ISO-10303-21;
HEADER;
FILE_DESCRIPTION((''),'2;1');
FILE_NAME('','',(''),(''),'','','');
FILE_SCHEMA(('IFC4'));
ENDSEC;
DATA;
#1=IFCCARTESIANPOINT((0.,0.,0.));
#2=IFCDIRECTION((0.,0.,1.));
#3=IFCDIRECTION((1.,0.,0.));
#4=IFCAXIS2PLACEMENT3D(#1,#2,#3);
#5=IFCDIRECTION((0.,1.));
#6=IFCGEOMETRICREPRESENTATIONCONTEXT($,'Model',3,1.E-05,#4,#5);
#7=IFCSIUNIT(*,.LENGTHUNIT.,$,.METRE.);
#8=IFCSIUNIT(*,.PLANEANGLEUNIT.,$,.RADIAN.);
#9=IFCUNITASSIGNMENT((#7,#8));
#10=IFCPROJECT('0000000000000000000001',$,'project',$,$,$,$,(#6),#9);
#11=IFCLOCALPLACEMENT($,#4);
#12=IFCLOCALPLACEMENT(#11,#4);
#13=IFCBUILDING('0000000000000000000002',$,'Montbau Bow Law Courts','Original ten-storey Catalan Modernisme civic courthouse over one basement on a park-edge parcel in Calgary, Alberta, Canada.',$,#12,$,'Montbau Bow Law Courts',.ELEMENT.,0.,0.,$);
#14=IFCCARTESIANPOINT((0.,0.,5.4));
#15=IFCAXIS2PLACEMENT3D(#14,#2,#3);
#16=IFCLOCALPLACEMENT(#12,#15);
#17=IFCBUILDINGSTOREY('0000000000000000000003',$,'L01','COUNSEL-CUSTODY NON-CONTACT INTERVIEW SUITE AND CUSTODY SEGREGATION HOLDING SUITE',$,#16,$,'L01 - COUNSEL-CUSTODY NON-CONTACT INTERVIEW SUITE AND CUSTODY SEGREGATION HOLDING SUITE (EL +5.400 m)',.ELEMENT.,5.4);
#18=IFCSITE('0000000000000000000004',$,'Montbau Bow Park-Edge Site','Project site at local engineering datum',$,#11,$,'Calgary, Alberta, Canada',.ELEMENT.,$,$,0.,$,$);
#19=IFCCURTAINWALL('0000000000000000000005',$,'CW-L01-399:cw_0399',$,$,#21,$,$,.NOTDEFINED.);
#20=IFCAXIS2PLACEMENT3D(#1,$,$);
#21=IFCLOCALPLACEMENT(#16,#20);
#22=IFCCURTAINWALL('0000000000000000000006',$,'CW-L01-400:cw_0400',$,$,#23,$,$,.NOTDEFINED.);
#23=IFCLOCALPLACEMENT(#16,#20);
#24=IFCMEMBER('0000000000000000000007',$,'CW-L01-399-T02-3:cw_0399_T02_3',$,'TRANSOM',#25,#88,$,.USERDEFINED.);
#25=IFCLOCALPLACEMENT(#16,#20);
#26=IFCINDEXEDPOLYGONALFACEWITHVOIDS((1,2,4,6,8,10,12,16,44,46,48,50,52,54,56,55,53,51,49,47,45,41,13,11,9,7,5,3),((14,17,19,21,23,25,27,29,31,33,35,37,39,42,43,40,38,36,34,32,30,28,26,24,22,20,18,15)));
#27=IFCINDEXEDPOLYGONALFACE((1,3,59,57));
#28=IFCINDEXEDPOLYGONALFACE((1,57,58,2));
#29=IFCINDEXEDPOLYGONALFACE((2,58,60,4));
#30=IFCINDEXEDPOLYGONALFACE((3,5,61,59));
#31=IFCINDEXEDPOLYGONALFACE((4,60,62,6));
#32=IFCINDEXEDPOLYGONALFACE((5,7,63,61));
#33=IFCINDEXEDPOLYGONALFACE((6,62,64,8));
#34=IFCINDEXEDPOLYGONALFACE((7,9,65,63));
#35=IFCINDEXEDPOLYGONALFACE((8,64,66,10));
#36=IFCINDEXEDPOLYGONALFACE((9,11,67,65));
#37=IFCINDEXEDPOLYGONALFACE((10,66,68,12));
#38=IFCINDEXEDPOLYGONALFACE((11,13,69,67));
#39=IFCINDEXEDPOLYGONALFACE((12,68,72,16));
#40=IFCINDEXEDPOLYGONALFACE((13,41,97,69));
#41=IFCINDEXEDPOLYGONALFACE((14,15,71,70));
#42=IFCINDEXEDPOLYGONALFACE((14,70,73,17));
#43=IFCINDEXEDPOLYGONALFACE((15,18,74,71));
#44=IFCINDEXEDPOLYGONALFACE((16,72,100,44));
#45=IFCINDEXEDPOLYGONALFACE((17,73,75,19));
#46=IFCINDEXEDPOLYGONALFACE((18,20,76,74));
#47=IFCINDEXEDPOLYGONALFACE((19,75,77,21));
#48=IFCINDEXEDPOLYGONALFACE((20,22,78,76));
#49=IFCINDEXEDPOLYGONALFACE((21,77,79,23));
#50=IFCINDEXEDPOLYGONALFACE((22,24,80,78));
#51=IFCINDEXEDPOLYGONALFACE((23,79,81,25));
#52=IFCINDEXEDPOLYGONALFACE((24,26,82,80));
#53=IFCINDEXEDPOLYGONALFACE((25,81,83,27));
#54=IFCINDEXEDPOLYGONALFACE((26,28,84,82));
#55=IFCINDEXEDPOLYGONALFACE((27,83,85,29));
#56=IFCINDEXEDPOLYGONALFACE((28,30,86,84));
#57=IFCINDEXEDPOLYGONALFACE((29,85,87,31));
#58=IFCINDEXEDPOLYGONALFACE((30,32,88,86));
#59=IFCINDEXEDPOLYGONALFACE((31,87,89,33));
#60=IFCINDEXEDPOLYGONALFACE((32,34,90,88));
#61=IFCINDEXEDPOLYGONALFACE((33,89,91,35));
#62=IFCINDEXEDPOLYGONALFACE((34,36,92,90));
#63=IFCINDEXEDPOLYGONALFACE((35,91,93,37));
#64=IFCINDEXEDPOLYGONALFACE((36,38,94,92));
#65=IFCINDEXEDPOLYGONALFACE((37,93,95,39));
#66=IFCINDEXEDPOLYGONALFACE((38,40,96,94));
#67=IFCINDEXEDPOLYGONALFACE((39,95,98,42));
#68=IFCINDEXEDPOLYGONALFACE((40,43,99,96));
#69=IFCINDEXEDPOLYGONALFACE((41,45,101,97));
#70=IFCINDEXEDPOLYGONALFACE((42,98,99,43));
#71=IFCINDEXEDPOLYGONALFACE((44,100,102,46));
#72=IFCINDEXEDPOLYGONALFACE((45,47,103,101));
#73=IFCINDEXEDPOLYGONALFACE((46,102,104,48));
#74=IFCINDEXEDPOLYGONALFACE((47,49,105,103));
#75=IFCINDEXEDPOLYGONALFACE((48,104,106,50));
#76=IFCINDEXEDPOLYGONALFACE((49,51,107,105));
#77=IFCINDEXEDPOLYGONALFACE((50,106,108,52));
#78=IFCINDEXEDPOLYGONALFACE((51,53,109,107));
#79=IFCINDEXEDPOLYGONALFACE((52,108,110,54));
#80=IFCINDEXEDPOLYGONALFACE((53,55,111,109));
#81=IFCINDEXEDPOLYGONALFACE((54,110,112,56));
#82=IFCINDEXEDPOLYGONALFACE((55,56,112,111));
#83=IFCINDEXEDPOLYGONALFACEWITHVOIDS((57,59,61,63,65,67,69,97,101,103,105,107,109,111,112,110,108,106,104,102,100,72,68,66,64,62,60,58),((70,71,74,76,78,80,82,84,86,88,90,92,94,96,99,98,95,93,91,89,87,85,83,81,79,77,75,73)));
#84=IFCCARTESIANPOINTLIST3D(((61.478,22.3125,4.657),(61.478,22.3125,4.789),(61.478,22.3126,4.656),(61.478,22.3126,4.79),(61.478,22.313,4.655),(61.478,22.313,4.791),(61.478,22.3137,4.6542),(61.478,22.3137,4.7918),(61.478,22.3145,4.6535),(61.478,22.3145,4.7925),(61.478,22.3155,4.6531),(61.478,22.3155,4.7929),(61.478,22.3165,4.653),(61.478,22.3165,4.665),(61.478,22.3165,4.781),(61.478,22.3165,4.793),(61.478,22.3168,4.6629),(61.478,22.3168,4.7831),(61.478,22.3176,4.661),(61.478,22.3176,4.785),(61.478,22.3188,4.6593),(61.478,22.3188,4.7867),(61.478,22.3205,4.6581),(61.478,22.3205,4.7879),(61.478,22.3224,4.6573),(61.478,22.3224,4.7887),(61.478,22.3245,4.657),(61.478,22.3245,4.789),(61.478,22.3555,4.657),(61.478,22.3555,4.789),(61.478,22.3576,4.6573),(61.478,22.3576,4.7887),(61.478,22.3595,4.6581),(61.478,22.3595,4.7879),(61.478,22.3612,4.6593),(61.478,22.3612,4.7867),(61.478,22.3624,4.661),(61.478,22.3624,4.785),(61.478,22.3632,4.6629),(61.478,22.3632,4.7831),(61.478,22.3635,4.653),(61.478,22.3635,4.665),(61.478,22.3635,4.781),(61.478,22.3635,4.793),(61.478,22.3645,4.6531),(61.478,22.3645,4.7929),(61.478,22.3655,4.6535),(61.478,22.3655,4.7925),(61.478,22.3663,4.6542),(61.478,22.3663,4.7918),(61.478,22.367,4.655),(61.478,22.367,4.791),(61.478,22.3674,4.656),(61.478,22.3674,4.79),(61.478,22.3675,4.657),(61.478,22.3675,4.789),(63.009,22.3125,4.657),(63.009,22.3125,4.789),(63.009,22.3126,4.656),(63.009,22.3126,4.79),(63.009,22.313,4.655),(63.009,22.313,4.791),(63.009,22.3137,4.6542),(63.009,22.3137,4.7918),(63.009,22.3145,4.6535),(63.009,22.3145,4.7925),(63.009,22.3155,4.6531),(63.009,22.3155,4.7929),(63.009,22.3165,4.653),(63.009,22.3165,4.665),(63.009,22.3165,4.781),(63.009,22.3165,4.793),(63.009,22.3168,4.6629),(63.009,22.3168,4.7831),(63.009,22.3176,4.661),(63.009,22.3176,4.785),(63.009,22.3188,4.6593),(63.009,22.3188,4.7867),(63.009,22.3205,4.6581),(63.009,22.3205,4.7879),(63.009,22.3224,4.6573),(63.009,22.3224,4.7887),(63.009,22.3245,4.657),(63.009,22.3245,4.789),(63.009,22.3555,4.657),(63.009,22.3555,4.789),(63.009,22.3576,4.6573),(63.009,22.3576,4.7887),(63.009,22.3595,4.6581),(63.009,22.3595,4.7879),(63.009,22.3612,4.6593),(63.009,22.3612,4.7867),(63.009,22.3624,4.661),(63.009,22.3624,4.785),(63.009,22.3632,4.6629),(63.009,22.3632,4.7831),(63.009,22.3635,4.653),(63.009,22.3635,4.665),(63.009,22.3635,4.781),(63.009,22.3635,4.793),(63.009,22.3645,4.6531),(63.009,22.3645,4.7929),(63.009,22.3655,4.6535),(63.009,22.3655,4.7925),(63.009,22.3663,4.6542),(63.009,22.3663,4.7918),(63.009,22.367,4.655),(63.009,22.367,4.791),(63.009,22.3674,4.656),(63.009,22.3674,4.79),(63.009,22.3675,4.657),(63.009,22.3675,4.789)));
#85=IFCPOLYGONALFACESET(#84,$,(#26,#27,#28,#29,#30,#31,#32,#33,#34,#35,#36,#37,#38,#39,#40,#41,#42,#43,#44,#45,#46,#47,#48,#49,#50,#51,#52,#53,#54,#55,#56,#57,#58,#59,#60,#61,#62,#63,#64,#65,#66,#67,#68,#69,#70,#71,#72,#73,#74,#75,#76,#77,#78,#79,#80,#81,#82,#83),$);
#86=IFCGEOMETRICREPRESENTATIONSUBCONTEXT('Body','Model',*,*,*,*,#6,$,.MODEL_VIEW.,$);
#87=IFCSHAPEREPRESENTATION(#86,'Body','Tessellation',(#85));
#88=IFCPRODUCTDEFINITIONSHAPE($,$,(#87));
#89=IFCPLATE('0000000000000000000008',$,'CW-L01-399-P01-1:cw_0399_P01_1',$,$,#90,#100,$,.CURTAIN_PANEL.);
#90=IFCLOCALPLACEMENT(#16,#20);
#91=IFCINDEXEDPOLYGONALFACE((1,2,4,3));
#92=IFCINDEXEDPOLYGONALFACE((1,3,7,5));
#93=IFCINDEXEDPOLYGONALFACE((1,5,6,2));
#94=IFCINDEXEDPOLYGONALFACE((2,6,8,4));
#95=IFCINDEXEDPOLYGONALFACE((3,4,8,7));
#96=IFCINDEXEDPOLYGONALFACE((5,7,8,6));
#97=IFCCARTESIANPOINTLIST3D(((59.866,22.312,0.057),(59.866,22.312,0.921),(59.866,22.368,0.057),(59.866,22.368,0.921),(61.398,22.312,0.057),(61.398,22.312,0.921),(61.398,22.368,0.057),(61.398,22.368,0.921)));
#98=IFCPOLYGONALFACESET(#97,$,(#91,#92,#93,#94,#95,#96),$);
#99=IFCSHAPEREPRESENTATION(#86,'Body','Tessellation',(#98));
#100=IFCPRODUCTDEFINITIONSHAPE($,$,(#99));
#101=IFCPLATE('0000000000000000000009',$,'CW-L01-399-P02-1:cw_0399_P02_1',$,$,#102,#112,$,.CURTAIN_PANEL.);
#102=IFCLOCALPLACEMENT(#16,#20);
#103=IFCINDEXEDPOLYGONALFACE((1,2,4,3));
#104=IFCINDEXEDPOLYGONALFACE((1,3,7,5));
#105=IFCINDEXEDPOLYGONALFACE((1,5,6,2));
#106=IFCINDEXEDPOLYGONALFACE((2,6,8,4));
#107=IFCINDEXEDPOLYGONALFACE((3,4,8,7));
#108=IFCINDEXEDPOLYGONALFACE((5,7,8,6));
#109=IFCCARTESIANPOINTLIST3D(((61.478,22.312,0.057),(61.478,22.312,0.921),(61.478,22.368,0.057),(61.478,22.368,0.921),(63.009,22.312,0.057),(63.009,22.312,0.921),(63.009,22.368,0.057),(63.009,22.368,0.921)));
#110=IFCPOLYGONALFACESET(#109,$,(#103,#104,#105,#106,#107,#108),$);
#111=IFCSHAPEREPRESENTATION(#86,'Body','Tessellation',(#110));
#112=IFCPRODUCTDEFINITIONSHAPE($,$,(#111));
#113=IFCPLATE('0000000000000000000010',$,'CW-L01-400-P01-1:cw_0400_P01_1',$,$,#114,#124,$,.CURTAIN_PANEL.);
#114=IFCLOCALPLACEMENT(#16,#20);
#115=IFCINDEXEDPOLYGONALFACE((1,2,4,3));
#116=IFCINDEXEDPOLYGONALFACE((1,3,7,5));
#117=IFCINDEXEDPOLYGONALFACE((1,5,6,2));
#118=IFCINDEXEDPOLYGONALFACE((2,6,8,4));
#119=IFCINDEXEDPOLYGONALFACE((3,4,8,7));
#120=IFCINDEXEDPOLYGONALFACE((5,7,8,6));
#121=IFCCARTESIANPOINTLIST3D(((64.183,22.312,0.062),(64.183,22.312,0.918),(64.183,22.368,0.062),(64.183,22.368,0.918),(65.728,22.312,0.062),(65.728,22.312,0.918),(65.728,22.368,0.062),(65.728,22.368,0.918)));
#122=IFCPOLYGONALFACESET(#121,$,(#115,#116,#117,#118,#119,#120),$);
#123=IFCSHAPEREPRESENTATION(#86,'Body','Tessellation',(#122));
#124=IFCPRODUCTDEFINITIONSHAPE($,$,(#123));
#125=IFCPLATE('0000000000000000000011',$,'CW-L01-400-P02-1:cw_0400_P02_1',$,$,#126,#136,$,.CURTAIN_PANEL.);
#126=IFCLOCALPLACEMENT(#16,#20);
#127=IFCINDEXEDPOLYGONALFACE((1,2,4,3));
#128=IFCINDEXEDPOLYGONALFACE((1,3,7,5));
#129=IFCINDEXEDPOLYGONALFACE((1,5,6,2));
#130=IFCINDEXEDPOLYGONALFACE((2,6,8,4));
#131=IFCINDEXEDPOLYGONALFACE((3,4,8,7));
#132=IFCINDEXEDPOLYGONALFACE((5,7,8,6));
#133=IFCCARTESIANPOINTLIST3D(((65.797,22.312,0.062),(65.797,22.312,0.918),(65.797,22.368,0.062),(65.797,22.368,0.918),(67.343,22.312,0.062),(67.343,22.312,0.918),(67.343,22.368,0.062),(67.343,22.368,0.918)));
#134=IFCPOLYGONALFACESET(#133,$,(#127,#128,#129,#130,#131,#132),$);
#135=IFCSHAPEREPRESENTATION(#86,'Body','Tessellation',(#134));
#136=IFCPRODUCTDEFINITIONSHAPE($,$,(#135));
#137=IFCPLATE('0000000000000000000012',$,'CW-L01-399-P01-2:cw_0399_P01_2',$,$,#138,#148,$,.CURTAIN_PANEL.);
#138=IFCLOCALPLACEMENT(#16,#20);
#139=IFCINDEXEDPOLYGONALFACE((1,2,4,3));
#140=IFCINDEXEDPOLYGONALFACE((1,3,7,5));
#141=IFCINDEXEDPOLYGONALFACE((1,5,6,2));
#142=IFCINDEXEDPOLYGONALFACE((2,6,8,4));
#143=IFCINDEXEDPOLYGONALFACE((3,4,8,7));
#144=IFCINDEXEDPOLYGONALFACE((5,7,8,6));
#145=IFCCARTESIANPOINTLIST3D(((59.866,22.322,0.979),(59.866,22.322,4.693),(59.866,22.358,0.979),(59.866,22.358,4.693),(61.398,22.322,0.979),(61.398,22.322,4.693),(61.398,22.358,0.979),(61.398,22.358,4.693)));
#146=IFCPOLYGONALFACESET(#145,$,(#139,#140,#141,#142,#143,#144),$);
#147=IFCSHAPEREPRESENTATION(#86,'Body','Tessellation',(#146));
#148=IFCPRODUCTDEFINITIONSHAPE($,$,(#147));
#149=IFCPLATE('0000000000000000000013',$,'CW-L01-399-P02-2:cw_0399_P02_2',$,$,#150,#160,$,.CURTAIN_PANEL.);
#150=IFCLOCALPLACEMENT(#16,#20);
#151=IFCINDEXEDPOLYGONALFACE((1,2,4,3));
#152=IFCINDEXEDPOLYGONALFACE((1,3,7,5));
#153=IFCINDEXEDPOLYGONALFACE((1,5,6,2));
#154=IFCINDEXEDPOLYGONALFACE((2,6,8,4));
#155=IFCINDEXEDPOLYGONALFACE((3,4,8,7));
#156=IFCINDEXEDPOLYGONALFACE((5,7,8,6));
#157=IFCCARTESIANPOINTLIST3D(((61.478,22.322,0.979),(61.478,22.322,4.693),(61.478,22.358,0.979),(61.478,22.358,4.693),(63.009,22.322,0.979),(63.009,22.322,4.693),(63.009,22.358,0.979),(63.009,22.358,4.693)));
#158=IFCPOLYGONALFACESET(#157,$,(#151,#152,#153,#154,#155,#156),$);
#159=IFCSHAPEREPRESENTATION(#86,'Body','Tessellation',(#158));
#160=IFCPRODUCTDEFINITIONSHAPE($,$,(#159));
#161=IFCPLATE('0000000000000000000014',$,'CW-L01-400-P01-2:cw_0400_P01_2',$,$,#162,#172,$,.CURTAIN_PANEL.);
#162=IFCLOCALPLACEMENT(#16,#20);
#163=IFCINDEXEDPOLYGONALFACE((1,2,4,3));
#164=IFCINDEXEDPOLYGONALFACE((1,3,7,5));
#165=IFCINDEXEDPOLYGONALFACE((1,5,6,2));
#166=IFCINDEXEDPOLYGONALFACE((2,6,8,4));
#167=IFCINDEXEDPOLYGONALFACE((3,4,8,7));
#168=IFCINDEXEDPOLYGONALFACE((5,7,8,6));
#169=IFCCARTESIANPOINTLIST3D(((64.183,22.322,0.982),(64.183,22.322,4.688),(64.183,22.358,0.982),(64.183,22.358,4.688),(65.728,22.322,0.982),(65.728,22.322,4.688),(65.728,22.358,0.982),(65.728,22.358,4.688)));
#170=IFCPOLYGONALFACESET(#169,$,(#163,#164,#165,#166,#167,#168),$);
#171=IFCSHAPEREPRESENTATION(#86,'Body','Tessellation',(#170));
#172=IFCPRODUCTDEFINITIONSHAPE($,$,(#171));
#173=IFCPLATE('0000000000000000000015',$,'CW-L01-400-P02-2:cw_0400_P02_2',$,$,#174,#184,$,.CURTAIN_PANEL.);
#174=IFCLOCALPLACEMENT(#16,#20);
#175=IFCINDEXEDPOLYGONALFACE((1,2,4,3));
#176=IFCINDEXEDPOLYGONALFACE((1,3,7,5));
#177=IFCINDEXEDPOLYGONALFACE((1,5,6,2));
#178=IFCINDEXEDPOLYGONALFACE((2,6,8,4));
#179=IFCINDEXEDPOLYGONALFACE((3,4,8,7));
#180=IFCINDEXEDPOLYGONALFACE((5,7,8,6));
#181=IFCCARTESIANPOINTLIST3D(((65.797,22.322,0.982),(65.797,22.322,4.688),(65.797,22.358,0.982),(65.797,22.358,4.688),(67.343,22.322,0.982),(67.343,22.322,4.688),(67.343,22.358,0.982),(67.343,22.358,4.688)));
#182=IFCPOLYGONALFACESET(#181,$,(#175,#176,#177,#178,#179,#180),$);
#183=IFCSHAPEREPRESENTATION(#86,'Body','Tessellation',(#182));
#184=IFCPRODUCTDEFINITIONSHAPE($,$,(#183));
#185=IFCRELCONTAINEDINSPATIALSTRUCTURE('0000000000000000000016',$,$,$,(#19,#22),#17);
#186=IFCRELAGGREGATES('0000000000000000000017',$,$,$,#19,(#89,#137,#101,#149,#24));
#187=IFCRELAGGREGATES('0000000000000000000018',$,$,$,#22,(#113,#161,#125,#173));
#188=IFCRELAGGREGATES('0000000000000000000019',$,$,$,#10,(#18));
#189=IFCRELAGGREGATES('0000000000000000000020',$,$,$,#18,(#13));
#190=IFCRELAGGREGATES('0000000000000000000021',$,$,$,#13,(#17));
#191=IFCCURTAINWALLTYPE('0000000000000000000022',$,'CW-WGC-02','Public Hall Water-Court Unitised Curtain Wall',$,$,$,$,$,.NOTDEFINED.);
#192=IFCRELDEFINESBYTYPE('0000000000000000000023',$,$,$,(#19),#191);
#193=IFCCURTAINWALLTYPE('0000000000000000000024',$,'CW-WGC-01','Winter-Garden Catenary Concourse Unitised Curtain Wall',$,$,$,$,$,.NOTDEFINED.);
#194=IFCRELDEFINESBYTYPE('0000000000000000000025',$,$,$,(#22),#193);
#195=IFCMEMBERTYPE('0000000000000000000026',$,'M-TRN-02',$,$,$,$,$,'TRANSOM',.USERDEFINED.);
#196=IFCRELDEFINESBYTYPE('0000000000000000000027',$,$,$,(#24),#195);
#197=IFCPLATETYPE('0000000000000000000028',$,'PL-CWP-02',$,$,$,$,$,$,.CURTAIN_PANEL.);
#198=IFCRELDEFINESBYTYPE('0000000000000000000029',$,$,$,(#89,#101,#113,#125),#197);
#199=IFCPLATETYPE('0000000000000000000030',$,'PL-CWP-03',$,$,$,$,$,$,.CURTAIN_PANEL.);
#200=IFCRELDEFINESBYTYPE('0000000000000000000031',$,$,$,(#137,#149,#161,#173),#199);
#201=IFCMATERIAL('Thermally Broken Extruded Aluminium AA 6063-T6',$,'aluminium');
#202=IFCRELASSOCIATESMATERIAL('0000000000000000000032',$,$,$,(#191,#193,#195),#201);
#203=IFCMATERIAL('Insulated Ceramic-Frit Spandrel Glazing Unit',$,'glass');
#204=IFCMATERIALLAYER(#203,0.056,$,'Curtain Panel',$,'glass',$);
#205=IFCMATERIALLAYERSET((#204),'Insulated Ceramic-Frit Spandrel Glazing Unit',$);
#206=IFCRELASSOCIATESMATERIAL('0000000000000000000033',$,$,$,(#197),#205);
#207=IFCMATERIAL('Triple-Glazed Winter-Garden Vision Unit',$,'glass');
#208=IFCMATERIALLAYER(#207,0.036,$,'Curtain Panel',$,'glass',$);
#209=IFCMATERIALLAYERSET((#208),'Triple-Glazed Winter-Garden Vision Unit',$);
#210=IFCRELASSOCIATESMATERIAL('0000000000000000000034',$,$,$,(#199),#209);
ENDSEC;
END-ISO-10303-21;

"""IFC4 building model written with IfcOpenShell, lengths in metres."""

from ifc_helpers import new_model, si_unit, direction, frame, frame_2d, origin_with_axes, origin_2d_with_axis, place, context, subcontext, project, spatial, rectangle, hollow_rectangle, extrude, material, layer, layer_set, material_profile, profile_set, type_object, element, aggregate, save


model = new_model("IFC4")

# Units and contexts
model_context = context("Model", 3, precision=1e-05, world=origin_with_axes(), true_north=direction((0.0, 1.0)))
body_context = subcontext(model_context, "Body", "Model", "MODEL_VIEW")
ifc_project = project(units=[si_unit("LENGTHUNIT", "METRE"), si_unit("PLANEANGLEUNIT", "RADIAN")], contexts=[model_context])

# Site, building, storey
site_placement = place(None, origin_with_axes())
site = spatial("IfcSite", under=ifc_project, at=site_placement, Name="Montbau Bow Park-Edge Site", Description="Project site at local engineering datum", LongName="Calgary, Alberta, Canada", CompositionType="ELEMENT", RefElevation=0.0)
building_placement = place(site_placement, origin_with_axes())
building = spatial("IfcBuilding", under=site, at=building_placement, Name="Montbau Bow Law Courts", Description="Original ten-storey Catalan Modernisme civic courthouse over one basement on a park-edge parcel in Calgary, Alberta, Canada.", LongName="Montbau Bow Law Courts", CompositionType="ELEMENT", ElevationOfRefHeight=0.0, ElevationOfTerrain=0.0)
storey_placement = place(building_placement, frame((0.0, 0.0, 5.4), z_axis=(0.0, 0.0, 1.0), x_axis=(1.0, 0.0, 0.0)))
storey = spatial("IfcBuildingStorey", under=building, at=storey_placement, Name="L01", Description="COUNSEL-CUSTODY NON-CONTACT INTERVIEW SUITE AND CUSTODY SEGREGATION HOLDING SUITE", LongName="L01 - COUNSEL-CUSTODY NON-CONTACT INTERVIEW SUITE AND CUSTODY SEGREGATION HOLDING SUITE (EL +5.400 m)", CompositionType="ELEMENT", Elevation=5.4)

# Curtain walls
ifc_material_1 = material(Name="Thermally Broken Extruded Aluminium AA 6063-T6", Category="aluminium")
curtain_wall_type_1 = type_object("IfcCurtainWallType", Name="CW-WGC-02", Description="Public Hall Water-Court Unitised Curtain Wall", PredefinedType="NOTDEFINED", material=ifc_material_1)
curtain_wall_1_placement = place(None, frame((59.79, 22.34, 5.4), z_axis=(0.0, 0.0, 1.0), x_axis=(1.0, 0.0, 0.0)))
curtain_wall_1 = element("IfcCurtainWall", 1, at=curtain_wall_1_placement, inside=storey, type_object=curtain_wall_type_1, Name="CW-L01-399:cw_0399", PredefinedType="NOTDEFINED")
curtain_wall_type_2 = type_object("IfcCurtainWallType", Name="CW-WGC-01", Description="Winter-Garden Catenary Concourse Unitised Curtain Wall", PredefinedType="NOTDEFINED", material=ifc_material_1)
curtain_wall_2_placement = place(None, frame((64.115, 22.34, 5.4), z_axis=(0.0, 0.0, 1.0), x_axis=(1.0, 0.0, 0.0)))
curtain_wall_2 = element("IfcCurtainWall", 2, at=curtain_wall_2_placement, inside=storey, type_object=curtain_wall_type_2, Name="CW-L01-400:cw_0400", PredefinedType="NOTDEFINED")

# Member
ifc_material_profile_1 = material_profile(ifc_material_1, hollow_rectangle(XDim=0.055, YDim=0.14, WallThickness=0.004, InnerFilletRadius=0.008, OuterFilletRadius=0.004, at=origin_2d_with_axis()), Name="CWT-140X55", Category="Main", Priority=0)
ifc_profile_set_1 = profile_set([ifc_material_profile_1], Name="Thermally Broken Extruded Aluminium AA 6063-T6")
member_type_1 = type_object("IfcMemberType", Name="M-TRN-02", ElementType="TRANSOM", PredefinedType="USERDEFINED", material=ifc_profile_set_1)
member_1_placement = place(None, frame((61.478, 22.34, 10.123), z_axis=(1.0, 0.0, 0.0), x_axis=(0.0, 1.0, 0.0)))
member_1 = element("IfcMember", 3, at=member_1_placement, type_object=member_type_1, Name="CW-L01-399-T02-3:cw_0399_T02_3", ObjectType="TRANSOM", PredefinedType="USERDEFINED", context=body_context, shape_type="SweptSolid", body=[
    extrude(hollow_rectangle(XDim=0.055, YDim=0.14, WallThickness=0.004, InnerFilletRadius=0.008, OuterFilletRadius=0.004, at=origin_2d_with_axis()), origin_with_axes(), (0.0, 0.0, 1.0), 1.531),
])

# Plates
ifc_material_2 = material(Name="Insulated Ceramic-Frit Spandrel Glazing Unit", Category="glass")
ifc_layer_1 = layer(ifc_material_2, 0.056, Name="Curtain Panel", Category="glass")
ifc_layer_set_1 = layer_set([ifc_layer_1], Name="Insulated Ceramic-Frit Spandrel Glazing Unit")
plate_type_1 = type_object("IfcPlateType", Name="PL-CWP-02", PredefinedType="CURTAIN_PANEL", material=ifc_layer_set_1)
plate_1_placement = place(None, frame((59.866, 22.34, 5.457), z_axis=(0.0, -1.0, 0.0), x_axis=(1.0, 0.0, 0.0)))
plate_1 = element("IfcPlate", 4, at=plate_1_placement, type_object=plate_type_1, Name="CW-L01-399-P01-1:cw_0399_P01_1", PredefinedType="CURTAIN_PANEL", context=body_context, shape_type="SweptSolid", body=[
    extrude(rectangle(XDim=1.532, YDim=0.864, at=frame_2d((0.766, 0.432), x_axis=(1.0, 0.0))), frame((0.0, 0.0, -0.028), z_axis=(0.0, 0.0, 1.0), x_axis=(1.0, 0.0, 0.0)), (0.0, 0.0, 1.0), 0.056),
])
plate_2_placement = place(None, frame((61.478, 22.34, 5.457), z_axis=(0.0, -1.0, 0.0), x_axis=(1.0, 0.0, 0.0)))
plate_2 = element("IfcPlate", 5, at=plate_2_placement, type_object=plate_type_1, Name="CW-L01-399-P02-1:cw_0399_P02_1", PredefinedType="CURTAIN_PANEL", context=body_context, shape_type="SweptSolid", body=[
    extrude(rectangle(XDim=1.531, YDim=0.864, at=frame_2d((0.7655, 0.432), x_axis=(1.0, 0.0))), frame((0.0, 0.0, -0.028), z_axis=(0.0, 0.0, 1.0), x_axis=(1.0, 0.0, 0.0)), (0.0, 0.0, 1.0), 0.056),
])
plate_3_placement = place(None, frame((64.183, 22.34, 5.462), z_axis=(0.0, -1.0, 0.0), x_axis=(1.0, 0.0, 0.0)))
plate_3 = element("IfcPlate", 6, at=plate_3_placement, type_object=plate_type_1, Name="CW-L01-400-P01-1:cw_0400_P01_1", PredefinedType="CURTAIN_PANEL", context=body_context, shape_type="SweptSolid", body=[
    extrude(rectangle(XDim=1.545, YDim=0.856, at=frame_2d((0.7725, 0.428), x_axis=(1.0, 0.0))), frame((0.0, 0.0, -0.028), z_axis=(0.0, 0.0, 1.0), x_axis=(1.0, 0.0, 0.0)), (0.0, 0.0, 1.0), 0.056),
])
plate_4_placement = place(None, frame((65.797, 22.34, 5.462), z_axis=(0.0, -1.0, 0.0), x_axis=(1.0, 0.0, 0.0)))
plate_4 = element("IfcPlate", 7, at=plate_4_placement, type_object=plate_type_1, Name="CW-L01-400-P02-1:cw_0400_P02_1", PredefinedType="CURTAIN_PANEL", context=body_context, shape_type="SweptSolid", body=[
    extrude(rectangle(XDim=1.546, YDim=0.856, at=frame_2d((0.773, 0.428), x_axis=(1.0, 0.0))), frame((0.0, 0.0, -0.028), z_axis=(0.0, 0.0, 1.0), x_axis=(1.0, 0.0, 0.0)), (0.0, 0.0, 1.0), 0.056),
])
ifc_material_3 = material(Name="Triple-Glazed Winter-Garden Vision Unit", Category="glass")
ifc_layer_2 = layer(ifc_material_3, 0.036, Name="Curtain Panel", Category="glass")
ifc_layer_set_2 = layer_set([ifc_layer_2], Name="Triple-Glazed Winter-Garden Vision Unit")
plate_type_2 = type_object("IfcPlateType", Name="PL-CWP-03", PredefinedType="CURTAIN_PANEL", material=ifc_layer_set_2)
plate_5_placement = place(None, frame((59.866, 22.34, 6.379), z_axis=(0.0, -1.0, 0.0), x_axis=(1.0, 0.0, 0.0)))
plate_5 = element("IfcPlate", 8, at=plate_5_placement, type_object=plate_type_2, Name="CW-L01-399-P01-2:cw_0399_P01_2", PredefinedType="CURTAIN_PANEL", context=body_context, shape_type="SweptSolid", body=[
    extrude(rectangle(XDim=1.532, YDim=3.714, at=frame_2d((0.766, 1.857), x_axis=(1.0, 0.0))), frame((0.0, 0.0, -0.018), z_axis=(0.0, 0.0, 1.0), x_axis=(1.0, 0.0, 0.0)), (0.0, 0.0, 1.0), 0.036),
])
plate_6_placement = place(None, frame((61.478, 22.34, 6.379), z_axis=(0.0, -1.0, 0.0), x_axis=(1.0, 0.0, 0.0)))
plate_6 = element("IfcPlate", 9, at=plate_6_placement, type_object=plate_type_2, Name="CW-L01-399-P02-2:cw_0399_P02_2", PredefinedType="CURTAIN_PANEL", context=body_context, shape_type="SweptSolid", body=[
    extrude(rectangle(XDim=1.531, YDim=3.714, at=frame_2d((0.7655, 1.857), x_axis=(1.0, 0.0))), frame((0.0, 0.0, -0.018), z_axis=(0.0, 0.0, 1.0), x_axis=(1.0, 0.0, 0.0)), (0.0, 0.0, 1.0), 0.036),
])
aggregate(curtain_wall_1, [plate_1, plate_5, plate_2, plate_6, member_1])
plate_7_placement = place(None, frame((64.183, 22.34, 6.382), z_axis=(0.0, -1.0, 0.0), x_axis=(1.0, 0.0, 0.0)))
plate_7 = element("IfcPlate", 10, at=plate_7_placement, type_object=plate_type_2, Name="CW-L01-400-P01-2:cw_0400_P01_2", PredefinedType="CURTAIN_PANEL", context=body_context, shape_type="SweptSolid", body=[
    extrude(rectangle(XDim=1.545, YDim=3.706, at=frame_2d((0.7725, 1.853), x_axis=(1.0, 0.0))), frame((0.0, 0.0, -0.018), z_axis=(0.0, 0.0, 1.0), x_axis=(1.0, 0.0, 0.0)), (0.0, 0.0, 1.0), 0.036),
])
plate_8_placement = place(None, frame((65.797, 22.34, 6.382), z_axis=(0.0, -1.0, 0.0), x_axis=(1.0, 0.0, 0.0)))
plate_8 = element("IfcPlate", 11, at=plate_8_placement, type_object=plate_type_2, Name="CW-L01-400-P02-2:cw_0400_P02_2", PredefinedType="CURTAIN_PANEL", context=body_context, shape_type="SweptSolid", body=[
    extrude(rectangle(XDim=1.546, YDim=3.706, at=frame_2d((0.773, 1.853), x_axis=(1.0, 0.0))), frame((0.0, 0.0, -0.018), z_axis=(0.0, 0.0, 1.0), x_axis=(1.0, 0.0, 0.0)), (0.0, 0.0, 1.0), 0.036),
])
aggregate(curtain_wall_2, [plate_3, plate_7, plate_4, plate_8])

save(model, "model.ifc")
